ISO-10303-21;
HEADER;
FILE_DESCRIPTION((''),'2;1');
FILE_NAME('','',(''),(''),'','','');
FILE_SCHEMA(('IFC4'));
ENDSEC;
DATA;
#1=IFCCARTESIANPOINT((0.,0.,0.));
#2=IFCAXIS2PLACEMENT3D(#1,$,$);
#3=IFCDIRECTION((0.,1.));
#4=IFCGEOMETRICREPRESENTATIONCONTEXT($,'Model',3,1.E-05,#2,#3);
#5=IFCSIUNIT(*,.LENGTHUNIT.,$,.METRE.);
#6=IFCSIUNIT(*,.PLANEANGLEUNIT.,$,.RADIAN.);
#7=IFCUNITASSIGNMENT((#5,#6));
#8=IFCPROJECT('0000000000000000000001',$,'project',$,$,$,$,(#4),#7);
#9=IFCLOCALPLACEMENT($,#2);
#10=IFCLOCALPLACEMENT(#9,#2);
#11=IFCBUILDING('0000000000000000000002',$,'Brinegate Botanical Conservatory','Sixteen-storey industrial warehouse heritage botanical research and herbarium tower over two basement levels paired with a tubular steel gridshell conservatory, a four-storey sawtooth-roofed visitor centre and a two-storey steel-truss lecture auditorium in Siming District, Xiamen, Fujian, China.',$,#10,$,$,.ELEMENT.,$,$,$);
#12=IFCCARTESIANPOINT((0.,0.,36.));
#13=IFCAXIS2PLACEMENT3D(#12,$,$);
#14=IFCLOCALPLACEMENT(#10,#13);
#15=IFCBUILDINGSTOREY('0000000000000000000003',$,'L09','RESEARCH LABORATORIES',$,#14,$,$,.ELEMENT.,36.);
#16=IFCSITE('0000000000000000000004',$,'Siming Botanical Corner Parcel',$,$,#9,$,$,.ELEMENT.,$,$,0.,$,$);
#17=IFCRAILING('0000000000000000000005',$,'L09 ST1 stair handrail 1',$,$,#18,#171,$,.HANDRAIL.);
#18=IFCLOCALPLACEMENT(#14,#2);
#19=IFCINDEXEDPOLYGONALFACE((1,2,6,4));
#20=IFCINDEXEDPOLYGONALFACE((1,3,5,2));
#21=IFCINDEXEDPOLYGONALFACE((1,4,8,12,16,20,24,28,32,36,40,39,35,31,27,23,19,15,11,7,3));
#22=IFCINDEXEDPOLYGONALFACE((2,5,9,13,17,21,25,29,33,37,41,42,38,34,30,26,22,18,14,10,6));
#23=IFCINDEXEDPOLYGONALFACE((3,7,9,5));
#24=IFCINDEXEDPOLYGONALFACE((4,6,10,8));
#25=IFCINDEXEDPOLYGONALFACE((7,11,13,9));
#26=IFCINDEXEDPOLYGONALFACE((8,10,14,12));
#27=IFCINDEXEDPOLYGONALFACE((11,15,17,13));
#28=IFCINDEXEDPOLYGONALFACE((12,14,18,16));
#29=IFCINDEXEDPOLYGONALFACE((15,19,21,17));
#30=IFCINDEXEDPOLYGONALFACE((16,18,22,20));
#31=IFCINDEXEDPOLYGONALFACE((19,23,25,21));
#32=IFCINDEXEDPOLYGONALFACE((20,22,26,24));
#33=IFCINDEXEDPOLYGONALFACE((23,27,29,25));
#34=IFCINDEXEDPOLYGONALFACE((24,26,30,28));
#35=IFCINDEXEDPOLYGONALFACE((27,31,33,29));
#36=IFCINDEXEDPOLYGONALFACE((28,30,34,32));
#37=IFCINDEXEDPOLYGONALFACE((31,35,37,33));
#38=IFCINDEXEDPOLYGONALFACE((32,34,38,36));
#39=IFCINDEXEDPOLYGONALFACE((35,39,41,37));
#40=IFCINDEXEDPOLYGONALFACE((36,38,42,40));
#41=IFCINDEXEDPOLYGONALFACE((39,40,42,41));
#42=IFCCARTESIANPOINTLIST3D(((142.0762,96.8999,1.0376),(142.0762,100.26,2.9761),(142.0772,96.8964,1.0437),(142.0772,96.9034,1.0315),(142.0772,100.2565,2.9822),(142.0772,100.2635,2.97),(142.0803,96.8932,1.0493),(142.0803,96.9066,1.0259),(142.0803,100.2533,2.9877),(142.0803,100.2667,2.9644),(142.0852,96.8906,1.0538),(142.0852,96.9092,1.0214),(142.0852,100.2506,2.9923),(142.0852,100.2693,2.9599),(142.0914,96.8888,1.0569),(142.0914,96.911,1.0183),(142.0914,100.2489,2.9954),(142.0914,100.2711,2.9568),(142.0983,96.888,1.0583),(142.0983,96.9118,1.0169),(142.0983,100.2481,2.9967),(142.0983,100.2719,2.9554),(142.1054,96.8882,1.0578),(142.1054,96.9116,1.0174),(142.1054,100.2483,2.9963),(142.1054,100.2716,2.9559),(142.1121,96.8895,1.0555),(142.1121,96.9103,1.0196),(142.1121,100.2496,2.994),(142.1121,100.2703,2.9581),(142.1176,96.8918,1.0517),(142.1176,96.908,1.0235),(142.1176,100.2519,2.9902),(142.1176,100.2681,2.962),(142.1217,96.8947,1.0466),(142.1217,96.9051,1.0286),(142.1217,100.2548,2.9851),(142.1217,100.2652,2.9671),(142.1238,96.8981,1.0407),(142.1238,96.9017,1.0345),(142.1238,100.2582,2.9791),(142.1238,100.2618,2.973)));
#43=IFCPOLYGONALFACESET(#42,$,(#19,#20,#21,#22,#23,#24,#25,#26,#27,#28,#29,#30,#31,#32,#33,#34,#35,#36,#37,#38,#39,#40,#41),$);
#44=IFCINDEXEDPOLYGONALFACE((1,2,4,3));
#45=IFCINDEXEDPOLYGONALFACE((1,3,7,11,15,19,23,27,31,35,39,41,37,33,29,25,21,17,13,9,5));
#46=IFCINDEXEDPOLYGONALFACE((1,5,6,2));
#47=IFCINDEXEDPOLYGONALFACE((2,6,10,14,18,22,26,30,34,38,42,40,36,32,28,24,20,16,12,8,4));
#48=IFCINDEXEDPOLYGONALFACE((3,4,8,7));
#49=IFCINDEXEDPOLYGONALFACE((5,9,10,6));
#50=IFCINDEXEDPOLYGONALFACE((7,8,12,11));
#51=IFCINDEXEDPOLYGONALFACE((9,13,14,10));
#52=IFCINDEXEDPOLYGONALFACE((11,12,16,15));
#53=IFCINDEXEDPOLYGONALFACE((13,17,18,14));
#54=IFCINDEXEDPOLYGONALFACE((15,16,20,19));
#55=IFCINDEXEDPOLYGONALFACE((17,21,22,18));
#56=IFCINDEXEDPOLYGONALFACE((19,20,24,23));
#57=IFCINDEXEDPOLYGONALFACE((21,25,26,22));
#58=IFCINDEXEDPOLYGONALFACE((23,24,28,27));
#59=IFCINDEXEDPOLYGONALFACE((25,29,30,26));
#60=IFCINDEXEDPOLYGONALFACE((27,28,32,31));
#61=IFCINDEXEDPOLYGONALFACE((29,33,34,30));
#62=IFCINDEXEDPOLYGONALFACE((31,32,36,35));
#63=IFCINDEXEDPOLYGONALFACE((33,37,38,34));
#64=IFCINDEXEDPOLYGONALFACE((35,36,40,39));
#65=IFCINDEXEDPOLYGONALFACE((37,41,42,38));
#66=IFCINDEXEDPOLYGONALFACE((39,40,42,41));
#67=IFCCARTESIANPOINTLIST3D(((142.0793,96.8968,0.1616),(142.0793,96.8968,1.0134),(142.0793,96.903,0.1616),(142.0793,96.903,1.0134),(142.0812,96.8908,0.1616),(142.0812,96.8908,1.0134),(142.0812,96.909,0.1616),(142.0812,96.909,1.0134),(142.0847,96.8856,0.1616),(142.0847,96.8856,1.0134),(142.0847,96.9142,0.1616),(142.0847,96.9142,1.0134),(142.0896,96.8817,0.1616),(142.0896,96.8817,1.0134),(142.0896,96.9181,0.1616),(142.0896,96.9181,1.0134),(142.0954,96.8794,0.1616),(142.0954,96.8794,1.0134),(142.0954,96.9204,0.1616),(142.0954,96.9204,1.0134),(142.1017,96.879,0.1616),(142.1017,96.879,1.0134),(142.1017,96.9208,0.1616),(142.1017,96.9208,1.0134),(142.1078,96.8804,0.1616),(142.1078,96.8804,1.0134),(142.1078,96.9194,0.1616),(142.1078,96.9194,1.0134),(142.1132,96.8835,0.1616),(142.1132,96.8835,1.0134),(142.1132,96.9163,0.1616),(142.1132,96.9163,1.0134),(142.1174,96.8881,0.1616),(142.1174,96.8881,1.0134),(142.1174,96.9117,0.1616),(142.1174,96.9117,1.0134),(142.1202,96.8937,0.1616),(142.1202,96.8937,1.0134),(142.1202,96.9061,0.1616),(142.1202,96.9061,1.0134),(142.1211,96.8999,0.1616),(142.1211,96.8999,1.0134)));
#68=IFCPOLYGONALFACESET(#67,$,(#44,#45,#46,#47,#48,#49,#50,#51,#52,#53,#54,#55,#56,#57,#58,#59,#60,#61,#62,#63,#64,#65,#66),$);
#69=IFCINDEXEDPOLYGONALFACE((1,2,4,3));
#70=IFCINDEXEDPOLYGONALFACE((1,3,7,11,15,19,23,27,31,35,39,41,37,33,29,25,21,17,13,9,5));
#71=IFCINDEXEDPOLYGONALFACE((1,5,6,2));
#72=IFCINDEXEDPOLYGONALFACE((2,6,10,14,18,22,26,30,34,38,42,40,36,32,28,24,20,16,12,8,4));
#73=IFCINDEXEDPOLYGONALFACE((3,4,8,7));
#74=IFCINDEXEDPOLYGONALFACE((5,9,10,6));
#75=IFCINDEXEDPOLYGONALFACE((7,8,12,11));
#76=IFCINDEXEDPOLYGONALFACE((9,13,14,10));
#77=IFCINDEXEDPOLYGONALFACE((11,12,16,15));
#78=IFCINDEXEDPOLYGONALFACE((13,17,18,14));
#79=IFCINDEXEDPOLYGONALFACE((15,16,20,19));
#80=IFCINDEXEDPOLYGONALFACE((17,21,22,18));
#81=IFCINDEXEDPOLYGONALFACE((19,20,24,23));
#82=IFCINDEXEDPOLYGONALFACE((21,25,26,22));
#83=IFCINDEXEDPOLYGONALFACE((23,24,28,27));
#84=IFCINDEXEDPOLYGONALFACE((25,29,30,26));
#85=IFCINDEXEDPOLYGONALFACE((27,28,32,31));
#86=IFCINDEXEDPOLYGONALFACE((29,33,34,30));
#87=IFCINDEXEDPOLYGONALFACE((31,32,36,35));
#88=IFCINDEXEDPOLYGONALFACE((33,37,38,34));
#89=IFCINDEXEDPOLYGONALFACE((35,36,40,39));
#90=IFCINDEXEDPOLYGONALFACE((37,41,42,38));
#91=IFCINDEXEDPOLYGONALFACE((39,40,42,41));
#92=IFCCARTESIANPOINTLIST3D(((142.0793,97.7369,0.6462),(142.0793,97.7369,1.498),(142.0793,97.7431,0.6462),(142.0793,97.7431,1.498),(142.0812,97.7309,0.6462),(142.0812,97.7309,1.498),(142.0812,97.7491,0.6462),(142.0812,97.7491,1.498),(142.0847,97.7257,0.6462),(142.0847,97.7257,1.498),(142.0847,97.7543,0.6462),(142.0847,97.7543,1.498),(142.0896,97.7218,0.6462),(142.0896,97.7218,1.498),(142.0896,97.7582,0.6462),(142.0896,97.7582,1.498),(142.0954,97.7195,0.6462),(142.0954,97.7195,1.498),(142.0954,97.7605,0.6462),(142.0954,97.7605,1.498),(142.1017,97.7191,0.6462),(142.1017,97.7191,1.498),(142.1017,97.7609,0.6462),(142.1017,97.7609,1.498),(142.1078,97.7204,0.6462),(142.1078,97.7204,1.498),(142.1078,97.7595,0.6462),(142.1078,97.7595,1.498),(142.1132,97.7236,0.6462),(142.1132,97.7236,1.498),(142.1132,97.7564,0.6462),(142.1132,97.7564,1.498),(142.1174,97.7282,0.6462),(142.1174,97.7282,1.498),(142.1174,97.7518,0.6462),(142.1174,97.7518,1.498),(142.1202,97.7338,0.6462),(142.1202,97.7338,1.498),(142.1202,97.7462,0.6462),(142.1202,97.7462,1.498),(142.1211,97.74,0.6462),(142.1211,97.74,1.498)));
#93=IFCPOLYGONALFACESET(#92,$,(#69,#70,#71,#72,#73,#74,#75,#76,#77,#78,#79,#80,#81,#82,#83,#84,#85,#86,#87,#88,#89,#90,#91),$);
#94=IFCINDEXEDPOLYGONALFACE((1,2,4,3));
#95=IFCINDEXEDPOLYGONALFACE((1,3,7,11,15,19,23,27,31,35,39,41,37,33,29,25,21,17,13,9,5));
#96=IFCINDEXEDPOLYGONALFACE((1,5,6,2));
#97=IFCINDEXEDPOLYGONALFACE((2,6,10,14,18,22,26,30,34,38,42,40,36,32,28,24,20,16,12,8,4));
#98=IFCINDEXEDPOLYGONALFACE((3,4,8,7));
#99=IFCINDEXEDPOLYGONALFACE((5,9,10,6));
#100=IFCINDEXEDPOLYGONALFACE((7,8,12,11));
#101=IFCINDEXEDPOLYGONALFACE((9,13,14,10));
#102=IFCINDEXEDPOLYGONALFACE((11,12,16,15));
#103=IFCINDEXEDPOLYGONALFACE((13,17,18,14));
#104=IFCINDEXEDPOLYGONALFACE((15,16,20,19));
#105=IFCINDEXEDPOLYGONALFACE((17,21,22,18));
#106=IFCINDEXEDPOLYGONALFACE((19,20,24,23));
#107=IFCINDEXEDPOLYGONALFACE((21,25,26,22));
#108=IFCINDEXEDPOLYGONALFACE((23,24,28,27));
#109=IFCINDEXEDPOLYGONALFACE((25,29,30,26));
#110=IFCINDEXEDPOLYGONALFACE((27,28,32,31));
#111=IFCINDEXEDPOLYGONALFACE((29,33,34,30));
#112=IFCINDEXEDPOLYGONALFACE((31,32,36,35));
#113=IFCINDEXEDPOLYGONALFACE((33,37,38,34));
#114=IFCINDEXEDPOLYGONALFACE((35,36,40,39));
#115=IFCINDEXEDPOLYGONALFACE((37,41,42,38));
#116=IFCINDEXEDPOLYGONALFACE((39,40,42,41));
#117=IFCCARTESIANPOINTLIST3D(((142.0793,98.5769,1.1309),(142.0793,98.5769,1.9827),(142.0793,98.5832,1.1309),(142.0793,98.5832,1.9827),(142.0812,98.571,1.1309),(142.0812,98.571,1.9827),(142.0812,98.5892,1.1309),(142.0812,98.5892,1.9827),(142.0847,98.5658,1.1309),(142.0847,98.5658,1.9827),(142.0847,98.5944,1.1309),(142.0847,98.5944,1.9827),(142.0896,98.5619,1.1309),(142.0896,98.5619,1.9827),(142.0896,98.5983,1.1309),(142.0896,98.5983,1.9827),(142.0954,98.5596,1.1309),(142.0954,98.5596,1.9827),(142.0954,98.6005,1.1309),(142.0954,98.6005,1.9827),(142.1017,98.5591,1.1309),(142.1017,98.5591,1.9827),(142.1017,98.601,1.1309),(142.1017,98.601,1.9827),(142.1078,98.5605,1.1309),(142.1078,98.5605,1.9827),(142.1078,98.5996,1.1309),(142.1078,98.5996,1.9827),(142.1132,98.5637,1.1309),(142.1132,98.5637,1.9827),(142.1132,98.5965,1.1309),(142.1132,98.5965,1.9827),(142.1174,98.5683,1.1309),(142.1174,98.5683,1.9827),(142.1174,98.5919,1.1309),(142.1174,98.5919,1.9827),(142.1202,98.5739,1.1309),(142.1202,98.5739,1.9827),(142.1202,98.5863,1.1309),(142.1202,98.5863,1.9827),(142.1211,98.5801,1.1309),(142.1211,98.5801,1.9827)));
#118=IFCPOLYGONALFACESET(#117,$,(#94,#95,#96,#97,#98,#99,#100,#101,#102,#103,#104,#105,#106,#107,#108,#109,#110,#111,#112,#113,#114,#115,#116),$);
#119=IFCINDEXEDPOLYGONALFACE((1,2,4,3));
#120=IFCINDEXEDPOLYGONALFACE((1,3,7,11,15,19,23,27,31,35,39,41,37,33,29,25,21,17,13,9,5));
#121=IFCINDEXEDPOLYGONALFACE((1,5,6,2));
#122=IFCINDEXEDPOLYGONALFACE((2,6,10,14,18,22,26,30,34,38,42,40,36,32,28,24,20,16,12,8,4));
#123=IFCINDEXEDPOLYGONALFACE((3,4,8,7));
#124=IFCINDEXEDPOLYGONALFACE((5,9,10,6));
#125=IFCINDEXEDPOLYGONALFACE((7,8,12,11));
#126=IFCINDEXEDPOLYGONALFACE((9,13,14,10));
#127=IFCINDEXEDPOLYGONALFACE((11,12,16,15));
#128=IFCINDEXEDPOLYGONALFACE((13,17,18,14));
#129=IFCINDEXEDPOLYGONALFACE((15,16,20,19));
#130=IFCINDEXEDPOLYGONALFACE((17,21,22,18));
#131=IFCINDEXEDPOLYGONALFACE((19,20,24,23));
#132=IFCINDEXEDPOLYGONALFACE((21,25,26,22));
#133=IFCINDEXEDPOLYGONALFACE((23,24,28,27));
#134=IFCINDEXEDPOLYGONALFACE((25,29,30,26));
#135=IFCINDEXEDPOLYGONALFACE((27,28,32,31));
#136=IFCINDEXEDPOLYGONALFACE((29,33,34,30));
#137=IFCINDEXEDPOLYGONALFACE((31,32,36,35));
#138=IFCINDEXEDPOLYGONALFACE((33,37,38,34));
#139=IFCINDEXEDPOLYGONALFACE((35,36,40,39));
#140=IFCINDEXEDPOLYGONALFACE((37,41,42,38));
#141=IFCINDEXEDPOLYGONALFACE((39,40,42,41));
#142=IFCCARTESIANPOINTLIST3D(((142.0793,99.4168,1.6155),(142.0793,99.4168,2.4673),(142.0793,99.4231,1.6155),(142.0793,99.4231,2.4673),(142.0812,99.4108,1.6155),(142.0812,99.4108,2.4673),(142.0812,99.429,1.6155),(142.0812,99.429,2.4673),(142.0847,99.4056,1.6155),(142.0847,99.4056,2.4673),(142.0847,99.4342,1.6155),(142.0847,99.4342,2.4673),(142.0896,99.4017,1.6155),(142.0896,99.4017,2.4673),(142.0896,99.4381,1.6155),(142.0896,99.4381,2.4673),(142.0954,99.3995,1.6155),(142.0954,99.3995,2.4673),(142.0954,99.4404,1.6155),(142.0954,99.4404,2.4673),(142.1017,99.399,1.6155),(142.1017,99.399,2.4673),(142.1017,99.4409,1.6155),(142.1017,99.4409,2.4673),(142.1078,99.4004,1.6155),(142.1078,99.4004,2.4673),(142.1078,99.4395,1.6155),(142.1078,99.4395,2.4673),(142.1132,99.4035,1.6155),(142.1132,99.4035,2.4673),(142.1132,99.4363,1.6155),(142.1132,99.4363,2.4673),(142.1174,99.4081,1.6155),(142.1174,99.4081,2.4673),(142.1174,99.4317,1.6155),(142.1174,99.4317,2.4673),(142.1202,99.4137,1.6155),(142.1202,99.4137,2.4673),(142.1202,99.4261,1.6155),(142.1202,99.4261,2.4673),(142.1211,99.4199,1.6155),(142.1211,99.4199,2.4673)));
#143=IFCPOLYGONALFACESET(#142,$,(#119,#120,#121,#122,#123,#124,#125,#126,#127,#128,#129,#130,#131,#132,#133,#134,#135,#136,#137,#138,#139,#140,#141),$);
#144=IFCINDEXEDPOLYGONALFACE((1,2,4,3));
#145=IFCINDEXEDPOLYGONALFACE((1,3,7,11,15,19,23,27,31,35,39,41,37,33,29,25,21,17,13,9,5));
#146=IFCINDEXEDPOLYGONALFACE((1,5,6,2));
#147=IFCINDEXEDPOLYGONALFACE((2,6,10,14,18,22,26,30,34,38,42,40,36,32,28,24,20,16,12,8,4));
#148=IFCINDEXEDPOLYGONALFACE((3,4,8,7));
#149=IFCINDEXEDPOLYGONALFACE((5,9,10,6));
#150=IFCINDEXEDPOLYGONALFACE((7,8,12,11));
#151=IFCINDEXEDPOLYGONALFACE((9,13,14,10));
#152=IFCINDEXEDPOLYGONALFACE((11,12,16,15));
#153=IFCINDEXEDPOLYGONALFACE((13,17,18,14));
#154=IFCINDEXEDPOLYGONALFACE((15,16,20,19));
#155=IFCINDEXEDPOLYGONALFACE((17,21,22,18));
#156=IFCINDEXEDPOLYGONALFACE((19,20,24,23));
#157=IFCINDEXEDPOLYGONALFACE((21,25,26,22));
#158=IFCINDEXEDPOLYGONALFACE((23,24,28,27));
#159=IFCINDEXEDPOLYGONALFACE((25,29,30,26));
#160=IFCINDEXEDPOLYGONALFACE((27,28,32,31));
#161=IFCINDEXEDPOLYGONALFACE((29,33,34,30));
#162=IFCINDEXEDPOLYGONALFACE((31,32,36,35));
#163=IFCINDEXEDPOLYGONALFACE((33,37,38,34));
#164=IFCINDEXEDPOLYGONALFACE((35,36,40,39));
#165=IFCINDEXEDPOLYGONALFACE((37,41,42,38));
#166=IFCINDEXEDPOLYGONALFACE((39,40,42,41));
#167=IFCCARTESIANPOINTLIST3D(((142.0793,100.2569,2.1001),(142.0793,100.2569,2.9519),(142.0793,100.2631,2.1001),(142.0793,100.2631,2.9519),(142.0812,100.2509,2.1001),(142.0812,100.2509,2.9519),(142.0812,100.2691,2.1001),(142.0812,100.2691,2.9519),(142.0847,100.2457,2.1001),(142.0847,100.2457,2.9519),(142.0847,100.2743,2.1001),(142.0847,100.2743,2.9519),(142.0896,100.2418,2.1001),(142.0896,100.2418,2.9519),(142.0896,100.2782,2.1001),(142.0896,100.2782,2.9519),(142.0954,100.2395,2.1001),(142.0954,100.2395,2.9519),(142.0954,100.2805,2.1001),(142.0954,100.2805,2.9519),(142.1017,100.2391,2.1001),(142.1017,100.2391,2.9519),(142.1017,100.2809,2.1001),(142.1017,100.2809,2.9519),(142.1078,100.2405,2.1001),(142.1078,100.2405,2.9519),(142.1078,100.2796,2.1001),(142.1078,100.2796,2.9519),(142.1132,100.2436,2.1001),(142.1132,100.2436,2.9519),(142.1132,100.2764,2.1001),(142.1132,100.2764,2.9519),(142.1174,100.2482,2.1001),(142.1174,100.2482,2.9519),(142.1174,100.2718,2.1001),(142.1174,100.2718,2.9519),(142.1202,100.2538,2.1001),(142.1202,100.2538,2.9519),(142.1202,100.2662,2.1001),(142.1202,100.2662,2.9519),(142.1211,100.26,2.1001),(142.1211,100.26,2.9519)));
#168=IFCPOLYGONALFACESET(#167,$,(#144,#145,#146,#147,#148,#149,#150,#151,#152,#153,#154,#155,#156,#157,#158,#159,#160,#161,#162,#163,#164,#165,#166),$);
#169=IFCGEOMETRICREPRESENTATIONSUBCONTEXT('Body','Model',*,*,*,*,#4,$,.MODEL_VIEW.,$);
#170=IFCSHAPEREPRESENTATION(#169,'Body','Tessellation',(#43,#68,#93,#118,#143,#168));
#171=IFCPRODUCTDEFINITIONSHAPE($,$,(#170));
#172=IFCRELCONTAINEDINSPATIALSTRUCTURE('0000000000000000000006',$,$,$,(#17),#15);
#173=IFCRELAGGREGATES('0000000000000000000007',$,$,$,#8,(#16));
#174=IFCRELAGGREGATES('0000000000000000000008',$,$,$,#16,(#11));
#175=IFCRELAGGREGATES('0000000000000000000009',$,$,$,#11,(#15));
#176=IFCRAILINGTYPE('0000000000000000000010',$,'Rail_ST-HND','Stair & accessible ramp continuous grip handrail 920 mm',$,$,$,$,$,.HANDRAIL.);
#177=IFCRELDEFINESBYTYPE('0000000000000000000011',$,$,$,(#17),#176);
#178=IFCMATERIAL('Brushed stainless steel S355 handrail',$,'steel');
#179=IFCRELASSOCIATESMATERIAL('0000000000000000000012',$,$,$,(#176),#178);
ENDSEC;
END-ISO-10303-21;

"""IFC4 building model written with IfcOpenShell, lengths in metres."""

from ifc_helpers import new_model, si_unit, direction, frame, origin, origin_2d, place, context, subcontext, project, spatial, circle, extrude, material, type_object, element, save


model = new_model("IFC4")

# Units and contexts
model_context = context("Model", 3, precision=1e-05, world=origin(), true_north=direction((0.0, 1.0)))
body_context = subcontext(model_context, "Body", "Model", "MODEL_VIEW")
ifc_project = project(units=[si_unit("LENGTHUNIT", "METRE"), si_unit("PLANEANGLEUNIT", "RADIAN")], contexts=[model_context])

# Site, building, storey
site_placement = place(None, origin())
site = spatial("IfcSite", under=ifc_project, at=site_placement, Name="Siming Botanical Corner Parcel", CompositionType="ELEMENT", RefElevation=0.0)
building_placement = place(site_placement, origin())
building = spatial("IfcBuilding", under=site, at=building_placement, Name="Brinegate Botanical Conservatory", Description="Sixteen-storey industrial warehouse heritage botanical research and herbarium tower over two basement levels paired with a tubular steel gridshell conservatory, a four-storey sawtooth-roofed visitor centre and a two-storey steel-truss lecture auditorium in Siming District, Xiamen, Fujian, China.", CompositionType="ELEMENT")
storey_placement = place(building_placement, frame((0.0, 0.0, 36.0)))
storey = spatial("IfcBuildingStorey", under=building, at=storey_placement, Name="L09", Description="RESEARCH LABORATORIES", CompositionType="ELEMENT", Elevation=36.0)

# Railing
ifc_material_1 = material(Name="Brushed stainless steel S355 handrail", Category="steel")
railing_type_1 = type_object("IfcRailingType", Name="Rail_ST-HND", Description="Stair & accessible ramp continuous grip handrail 920 mm", PredefinedType="HANDRAIL", material=ifc_material_1)
railing_1_placement = place(storey_placement, frame((142.1001, 96.8999, 0.1616)))
element("IfcRailing", 1, at=railing_1_placement, inside=storey, type_object=railing_type_1, Name="L09 ST1 stair handrail 1", PredefinedType="HANDRAIL", context=body_context, shape_type="SweptSolid", body=[
    extrude(circle(Radius=0.0239, at=origin_2d()), frame((0.0, 0.0, 0.876), z_axis=(0.0, 0.866191, 0.499713), x_axis=(-1.0, 0.0, 0.0)), (0.0, 0.0, 1.0), 3.8792),
    extrude(circle(Radius=0.021, at=origin_2d()), origin(), (0.0, 0.0, 1.0), 0.8518),
    extrude(circle(Radius=0.021, at=origin_2d()), frame((0.0, 0.8401, 0.4846)), (0.0, 0.0, 1.0), 0.8518),
    extrude(circle(Radius=0.021, at=origin_2d()), frame((0.0, 1.6802, 0.9692)), (0.0, 0.0, 1.0), 0.8518),
    extrude(circle(Radius=0.021, at=origin_2d()), frame((0.0, 2.52, 1.4539)), (0.0, 0.0, 1.0), 0.8518),
    extrude(circle(Radius=0.021, at=origin_2d()), frame((0.0, 3.3601, 1.9385)), (0.0, 0.0, 1.0), 0.8518),
])

save(model, "model.ifc")
